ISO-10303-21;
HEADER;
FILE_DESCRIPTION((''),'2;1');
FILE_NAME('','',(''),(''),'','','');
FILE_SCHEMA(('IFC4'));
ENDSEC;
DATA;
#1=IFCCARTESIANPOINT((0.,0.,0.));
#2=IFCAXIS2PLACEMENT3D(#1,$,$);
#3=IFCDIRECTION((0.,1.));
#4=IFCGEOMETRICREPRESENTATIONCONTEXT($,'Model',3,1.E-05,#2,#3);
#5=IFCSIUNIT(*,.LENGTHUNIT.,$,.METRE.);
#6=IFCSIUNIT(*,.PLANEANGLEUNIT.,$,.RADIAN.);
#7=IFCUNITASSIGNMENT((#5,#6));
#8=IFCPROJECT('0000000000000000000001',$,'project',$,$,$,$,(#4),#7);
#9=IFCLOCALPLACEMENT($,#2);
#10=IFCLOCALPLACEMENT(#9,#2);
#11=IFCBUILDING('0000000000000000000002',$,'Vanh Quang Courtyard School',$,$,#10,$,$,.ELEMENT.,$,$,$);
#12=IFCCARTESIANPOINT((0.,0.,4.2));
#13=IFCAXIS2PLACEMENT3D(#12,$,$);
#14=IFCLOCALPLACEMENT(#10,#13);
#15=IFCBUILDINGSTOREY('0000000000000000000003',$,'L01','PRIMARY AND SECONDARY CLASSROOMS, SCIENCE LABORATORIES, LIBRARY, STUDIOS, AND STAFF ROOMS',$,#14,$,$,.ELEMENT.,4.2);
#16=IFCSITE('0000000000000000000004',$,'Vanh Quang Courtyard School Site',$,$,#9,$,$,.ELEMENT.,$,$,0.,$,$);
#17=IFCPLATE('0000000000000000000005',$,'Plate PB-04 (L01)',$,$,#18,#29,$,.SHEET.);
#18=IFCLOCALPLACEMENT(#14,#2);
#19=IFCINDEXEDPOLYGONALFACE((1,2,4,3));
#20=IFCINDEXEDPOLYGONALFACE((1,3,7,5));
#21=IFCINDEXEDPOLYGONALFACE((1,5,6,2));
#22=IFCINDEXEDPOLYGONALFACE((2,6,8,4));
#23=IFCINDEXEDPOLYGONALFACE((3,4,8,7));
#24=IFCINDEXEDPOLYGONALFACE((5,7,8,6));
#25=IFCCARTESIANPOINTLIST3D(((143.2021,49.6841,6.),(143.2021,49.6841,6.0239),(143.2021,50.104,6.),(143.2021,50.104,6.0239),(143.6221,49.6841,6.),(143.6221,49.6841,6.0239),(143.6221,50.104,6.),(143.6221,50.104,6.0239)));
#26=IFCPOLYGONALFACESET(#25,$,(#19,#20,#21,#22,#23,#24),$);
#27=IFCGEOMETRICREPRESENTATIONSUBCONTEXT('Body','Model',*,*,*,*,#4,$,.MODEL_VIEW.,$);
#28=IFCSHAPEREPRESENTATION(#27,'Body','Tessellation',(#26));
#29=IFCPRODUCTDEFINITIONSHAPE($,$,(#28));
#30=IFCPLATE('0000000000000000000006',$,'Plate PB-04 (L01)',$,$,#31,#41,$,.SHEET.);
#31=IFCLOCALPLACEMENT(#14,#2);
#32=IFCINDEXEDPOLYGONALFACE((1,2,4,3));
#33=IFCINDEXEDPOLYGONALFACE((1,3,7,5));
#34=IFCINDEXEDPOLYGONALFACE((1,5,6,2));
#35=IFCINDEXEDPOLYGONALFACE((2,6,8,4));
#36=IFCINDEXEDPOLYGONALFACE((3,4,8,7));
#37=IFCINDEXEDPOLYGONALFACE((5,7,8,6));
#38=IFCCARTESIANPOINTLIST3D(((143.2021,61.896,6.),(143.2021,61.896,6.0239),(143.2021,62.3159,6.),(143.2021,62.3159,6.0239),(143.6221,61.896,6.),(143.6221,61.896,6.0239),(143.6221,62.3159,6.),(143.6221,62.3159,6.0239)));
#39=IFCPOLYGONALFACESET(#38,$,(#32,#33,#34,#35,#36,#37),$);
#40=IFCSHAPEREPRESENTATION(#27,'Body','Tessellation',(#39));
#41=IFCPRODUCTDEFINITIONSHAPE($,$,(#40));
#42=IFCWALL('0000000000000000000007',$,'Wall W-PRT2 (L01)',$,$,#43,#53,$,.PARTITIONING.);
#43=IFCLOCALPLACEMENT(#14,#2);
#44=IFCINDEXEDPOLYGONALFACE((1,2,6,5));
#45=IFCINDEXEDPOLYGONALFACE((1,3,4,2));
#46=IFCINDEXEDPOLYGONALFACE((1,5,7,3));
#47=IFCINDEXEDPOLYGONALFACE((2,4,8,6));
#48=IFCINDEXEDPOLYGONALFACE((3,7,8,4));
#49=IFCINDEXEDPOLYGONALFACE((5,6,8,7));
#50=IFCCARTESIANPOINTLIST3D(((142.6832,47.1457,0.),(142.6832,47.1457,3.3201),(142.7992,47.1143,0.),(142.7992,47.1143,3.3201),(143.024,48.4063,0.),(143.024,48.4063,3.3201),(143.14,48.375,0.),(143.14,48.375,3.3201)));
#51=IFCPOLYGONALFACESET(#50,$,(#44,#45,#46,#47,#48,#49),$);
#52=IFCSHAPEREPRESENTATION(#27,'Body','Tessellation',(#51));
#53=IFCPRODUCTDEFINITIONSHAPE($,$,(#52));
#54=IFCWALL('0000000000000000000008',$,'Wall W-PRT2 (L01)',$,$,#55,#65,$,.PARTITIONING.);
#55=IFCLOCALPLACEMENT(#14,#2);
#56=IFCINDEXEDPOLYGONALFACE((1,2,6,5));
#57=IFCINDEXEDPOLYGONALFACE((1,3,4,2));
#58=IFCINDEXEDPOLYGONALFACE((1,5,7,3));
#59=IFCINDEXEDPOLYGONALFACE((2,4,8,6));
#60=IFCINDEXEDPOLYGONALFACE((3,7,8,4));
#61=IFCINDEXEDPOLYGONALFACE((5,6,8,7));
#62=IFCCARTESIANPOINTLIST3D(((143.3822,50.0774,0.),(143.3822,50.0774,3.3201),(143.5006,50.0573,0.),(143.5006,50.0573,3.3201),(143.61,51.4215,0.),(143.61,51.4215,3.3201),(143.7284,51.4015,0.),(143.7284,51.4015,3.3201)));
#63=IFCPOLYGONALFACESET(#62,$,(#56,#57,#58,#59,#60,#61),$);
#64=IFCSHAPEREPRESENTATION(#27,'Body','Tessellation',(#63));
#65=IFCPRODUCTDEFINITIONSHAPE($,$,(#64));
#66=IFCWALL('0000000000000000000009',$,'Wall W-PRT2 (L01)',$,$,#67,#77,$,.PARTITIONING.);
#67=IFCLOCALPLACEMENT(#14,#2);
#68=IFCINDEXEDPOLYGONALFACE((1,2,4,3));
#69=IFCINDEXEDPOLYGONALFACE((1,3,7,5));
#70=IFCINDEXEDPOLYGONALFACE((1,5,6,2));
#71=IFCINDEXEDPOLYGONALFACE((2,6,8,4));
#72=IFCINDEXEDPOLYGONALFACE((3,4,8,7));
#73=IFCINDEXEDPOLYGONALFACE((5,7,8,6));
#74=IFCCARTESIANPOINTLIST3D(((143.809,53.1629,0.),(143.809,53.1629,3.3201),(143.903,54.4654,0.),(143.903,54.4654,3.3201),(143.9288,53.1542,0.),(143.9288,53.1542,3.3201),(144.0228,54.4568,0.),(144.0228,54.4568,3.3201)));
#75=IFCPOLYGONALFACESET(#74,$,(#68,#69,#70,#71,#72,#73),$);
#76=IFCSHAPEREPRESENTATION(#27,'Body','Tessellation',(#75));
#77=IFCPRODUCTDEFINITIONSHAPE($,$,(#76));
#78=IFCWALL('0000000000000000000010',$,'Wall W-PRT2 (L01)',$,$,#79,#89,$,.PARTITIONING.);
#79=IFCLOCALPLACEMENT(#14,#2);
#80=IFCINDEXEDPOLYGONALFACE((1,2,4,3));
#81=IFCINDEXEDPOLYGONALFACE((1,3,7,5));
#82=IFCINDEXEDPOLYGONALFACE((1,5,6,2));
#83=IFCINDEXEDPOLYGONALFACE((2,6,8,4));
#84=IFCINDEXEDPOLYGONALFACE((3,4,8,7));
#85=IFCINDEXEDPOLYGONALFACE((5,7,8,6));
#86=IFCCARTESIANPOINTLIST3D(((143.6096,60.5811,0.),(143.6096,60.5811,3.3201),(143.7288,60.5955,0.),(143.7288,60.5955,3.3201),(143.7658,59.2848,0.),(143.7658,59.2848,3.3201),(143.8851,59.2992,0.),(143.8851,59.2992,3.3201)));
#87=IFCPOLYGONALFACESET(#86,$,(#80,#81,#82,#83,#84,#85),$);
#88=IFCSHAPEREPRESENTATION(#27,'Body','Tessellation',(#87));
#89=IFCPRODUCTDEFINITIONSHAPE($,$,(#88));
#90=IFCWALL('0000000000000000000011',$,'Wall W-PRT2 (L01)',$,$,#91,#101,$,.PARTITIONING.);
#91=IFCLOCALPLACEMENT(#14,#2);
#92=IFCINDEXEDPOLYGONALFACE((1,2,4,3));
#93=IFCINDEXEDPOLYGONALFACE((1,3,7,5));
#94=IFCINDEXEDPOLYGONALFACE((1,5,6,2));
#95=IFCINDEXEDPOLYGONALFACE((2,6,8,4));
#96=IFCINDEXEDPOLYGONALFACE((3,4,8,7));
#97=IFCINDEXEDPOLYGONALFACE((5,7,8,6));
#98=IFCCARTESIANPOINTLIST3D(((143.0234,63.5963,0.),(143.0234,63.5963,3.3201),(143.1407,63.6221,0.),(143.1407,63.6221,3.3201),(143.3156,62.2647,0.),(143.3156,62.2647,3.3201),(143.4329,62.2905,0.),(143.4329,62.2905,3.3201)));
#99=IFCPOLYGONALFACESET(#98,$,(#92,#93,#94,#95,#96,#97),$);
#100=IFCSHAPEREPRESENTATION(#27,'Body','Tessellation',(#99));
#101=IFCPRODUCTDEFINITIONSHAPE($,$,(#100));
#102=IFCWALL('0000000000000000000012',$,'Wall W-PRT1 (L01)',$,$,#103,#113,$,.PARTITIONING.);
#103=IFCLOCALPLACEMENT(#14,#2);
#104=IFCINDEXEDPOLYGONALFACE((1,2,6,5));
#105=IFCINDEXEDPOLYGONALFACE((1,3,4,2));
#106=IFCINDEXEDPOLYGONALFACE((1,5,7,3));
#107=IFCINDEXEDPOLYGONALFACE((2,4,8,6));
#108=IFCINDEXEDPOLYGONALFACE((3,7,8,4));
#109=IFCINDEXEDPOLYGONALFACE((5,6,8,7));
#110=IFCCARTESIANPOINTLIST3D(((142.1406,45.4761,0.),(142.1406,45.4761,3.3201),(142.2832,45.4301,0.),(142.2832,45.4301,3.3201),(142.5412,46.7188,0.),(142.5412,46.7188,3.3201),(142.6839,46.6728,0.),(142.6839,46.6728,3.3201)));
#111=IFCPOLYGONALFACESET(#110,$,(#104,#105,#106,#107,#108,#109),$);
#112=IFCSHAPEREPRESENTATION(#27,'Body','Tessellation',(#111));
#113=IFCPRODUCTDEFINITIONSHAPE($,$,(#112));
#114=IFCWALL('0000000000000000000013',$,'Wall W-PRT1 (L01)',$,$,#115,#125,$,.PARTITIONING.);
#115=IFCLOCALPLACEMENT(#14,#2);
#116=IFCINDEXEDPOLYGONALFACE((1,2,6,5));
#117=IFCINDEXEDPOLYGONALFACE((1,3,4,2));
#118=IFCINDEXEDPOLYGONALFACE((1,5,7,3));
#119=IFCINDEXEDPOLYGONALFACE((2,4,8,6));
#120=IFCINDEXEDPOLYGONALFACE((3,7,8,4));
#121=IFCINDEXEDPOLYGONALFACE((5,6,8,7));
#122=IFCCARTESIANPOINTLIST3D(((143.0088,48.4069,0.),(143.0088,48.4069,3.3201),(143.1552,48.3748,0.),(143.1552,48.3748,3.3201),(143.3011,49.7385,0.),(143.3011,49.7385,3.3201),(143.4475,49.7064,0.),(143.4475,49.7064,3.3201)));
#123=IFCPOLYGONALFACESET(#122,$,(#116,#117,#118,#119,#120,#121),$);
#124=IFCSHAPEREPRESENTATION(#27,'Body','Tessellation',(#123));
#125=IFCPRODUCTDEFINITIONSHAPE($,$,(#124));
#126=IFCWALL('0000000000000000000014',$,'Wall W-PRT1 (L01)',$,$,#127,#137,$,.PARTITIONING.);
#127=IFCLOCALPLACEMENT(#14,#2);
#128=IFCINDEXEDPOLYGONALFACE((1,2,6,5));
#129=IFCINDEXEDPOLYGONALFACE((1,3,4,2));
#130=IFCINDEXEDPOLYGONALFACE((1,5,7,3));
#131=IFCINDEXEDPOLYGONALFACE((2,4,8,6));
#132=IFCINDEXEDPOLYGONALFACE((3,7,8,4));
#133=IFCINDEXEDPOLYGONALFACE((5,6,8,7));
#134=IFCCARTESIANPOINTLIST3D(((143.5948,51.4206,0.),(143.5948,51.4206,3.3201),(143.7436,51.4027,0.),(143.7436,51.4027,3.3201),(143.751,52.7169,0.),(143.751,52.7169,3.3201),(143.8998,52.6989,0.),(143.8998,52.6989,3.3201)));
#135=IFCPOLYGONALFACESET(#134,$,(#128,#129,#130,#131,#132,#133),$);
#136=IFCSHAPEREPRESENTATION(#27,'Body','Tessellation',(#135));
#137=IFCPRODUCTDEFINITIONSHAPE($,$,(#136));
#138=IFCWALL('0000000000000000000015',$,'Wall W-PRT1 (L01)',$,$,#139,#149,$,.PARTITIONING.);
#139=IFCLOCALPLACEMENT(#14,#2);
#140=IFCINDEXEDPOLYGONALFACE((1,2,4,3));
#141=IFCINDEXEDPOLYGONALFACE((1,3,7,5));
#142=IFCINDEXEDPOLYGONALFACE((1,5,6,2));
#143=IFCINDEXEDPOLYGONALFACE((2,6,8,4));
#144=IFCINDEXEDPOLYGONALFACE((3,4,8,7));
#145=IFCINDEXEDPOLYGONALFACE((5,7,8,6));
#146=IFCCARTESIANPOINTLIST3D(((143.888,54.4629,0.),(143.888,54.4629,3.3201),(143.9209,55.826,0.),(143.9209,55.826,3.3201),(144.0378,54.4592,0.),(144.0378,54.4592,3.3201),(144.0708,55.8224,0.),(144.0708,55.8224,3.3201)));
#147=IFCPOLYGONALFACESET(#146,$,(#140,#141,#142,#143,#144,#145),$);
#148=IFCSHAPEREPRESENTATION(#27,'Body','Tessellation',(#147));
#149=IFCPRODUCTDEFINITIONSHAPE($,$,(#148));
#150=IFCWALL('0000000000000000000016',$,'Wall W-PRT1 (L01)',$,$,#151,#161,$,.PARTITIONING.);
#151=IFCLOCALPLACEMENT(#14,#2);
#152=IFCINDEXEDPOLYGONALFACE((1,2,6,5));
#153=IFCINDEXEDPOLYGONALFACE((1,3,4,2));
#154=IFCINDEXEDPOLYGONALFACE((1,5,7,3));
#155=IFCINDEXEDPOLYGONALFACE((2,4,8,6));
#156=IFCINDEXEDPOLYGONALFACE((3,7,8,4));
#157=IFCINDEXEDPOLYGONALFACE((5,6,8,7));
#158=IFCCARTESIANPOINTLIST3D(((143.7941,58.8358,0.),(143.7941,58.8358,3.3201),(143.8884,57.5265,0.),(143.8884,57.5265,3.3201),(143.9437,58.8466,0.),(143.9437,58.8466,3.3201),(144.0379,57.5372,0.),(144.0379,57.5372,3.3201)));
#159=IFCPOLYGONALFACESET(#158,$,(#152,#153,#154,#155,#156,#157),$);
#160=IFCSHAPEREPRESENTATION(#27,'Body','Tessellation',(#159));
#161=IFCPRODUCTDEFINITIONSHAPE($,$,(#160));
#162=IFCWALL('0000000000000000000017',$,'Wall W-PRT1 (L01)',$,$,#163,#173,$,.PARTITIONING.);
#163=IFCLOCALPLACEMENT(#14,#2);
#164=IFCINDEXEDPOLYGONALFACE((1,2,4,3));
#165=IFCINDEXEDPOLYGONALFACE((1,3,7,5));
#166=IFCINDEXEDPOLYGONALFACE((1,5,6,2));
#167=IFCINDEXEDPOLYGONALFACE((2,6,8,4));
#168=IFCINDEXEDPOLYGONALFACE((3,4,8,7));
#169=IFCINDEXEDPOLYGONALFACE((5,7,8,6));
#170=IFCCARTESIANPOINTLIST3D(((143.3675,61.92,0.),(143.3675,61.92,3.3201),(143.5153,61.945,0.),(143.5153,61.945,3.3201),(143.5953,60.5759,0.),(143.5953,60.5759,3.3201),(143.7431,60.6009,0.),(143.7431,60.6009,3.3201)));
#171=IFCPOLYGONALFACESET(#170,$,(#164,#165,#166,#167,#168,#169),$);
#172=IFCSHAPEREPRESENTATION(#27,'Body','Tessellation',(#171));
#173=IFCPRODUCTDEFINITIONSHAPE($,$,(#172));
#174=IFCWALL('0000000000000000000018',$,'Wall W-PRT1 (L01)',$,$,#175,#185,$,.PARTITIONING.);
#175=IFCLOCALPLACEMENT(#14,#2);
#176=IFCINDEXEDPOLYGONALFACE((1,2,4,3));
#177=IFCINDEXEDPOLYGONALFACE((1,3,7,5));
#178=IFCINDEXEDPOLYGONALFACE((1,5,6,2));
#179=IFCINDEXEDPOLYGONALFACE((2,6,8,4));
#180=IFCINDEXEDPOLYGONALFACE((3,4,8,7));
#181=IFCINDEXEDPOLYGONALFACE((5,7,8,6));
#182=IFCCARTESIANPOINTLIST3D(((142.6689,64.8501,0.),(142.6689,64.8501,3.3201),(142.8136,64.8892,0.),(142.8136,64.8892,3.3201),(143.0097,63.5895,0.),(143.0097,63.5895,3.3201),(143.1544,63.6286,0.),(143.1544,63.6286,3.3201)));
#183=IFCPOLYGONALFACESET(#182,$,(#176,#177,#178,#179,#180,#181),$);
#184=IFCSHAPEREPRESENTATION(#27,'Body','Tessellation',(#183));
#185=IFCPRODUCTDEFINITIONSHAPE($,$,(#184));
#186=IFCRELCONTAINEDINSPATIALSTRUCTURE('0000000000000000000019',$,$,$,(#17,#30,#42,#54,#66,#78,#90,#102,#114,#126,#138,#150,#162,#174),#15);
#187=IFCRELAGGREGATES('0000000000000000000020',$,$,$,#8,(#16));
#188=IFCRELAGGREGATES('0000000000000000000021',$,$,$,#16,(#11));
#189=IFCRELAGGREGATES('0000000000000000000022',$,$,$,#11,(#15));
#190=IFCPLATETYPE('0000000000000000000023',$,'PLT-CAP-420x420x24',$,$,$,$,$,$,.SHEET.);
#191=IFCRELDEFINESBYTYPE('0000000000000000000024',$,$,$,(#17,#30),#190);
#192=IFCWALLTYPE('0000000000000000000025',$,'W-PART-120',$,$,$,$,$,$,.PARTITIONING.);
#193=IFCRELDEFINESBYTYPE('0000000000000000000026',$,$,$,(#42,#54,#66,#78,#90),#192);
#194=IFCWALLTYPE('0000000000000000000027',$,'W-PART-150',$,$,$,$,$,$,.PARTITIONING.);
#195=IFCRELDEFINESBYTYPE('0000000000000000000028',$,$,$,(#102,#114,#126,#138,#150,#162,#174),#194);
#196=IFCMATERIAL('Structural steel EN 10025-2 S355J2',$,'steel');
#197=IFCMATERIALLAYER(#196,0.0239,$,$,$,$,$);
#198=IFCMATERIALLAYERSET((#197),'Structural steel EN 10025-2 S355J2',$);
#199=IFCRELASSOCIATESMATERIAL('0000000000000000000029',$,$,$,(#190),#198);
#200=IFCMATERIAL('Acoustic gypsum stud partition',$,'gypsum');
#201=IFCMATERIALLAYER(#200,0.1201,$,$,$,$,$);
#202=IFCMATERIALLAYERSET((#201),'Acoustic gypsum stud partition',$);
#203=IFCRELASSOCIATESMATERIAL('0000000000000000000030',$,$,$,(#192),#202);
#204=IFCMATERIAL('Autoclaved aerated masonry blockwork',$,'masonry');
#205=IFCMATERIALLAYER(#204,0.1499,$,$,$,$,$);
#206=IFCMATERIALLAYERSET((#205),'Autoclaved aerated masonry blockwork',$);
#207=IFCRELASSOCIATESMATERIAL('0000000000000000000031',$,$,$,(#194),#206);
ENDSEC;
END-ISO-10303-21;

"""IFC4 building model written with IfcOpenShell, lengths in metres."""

from ifc_helpers import new_model, si_unit, direction, frame, frame_2d, origin, origin_2d, place, context, subcontext, project, spatial, rectangle, extrude, material, layer, layer_set, type_object, element, save


model = new_model("IFC4")

# Units and contexts
model_context = context("Model", 3, precision=1e-05, world=origin(), true_north=direction((0.0, 1.0)))
body_context = subcontext(model_context, "Body", "Model", "MODEL_VIEW")
ifc_project = project(units=[si_unit("LENGTHUNIT", "METRE"), si_unit("PLANEANGLEUNIT", "RADIAN")], contexts=[model_context])

# Site, building, storey
site_placement = place(None, origin())
site = spatial("IfcSite", under=ifc_project, at=site_placement, Name="Vanh Quang Courtyard School Site", CompositionType="ELEMENT", RefElevation=0.0)
building_placement = place(site_placement, origin())
building = spatial("IfcBuilding", under=site, at=building_placement, Name="Vanh Quang Courtyard School", CompositionType="ELEMENT")
storey_placement = place(building_placement, frame((0.0, 0.0, 4.2)))
storey = spatial("IfcBuildingStorey", under=building, at=storey_placement, Name="L01", Description="PRIMARY AND SECONDARY CLASSROOMS, SCIENCE LABORATORIES, LIBRARY, STUDIOS, AND STAFF ROOMS", CompositionType="ELEMENT", Elevation=4.2)

# Shared definitions
ifc_material_1 = material(Name="Structural steel EN 10025-2 S355J2", Category="steel")

# Plates
ifc_layer_1 = layer(ifc_material_1, 0.0239)
ifc_layer_set_1 = layer_set([ifc_layer_1], Name="Structural steel EN 10025-2 S355J2")
plate_type = type_object("IfcPlateType", Name="PLT-CAP-420x420x24", PredefinedType="SHEET", material=ifc_layer_set_1)
for number, where, z_axis, x_axis, name in (
    (1, (143.4121, 49.894, 6.0), (0.0, 0.0, 1.0), (1.0, 0.0, 0.0), "Plate PB-04 (L01)"),
    (2, (143.4121, 62.106, 6.0), (0.0, 0.0, 1.0), (1.0, 0.0, 0.0), "Plate PB-04 (L01)"),
):
    element("IfcPlate", number, at=place(storey_placement, frame(where, z_axis=z_axis, x_axis=x_axis)), inside=storey, type_object=plate_type, Name=name, PredefinedType="SHEET", context=body_context, shape_type="SweptSolid", body=[
        extrude(rectangle(XDim=0.4199, YDim=0.4199, at=origin_2d()), origin(), (0.0, 0.0, 1.0), 0.0239),
    ])

# Walls
ifc_material_2 = material(Name="Acoustic gypsum stud partition", Category="gypsum")
ifc_layer_2 = layer(ifc_material_2, 0.1201)
ifc_layer_set_2 = layer_set([ifc_layer_2], Name="Acoustic gypsum stud partition")
wall_type_1 = type_object("IfcWallType", Name="W-PART-120", PredefinedType="PARTITIONING", material=ifc_layer_set_2)
wall_1_placement = place(storey_placement, frame((142.7412, 47.1301, 0.0), z_axis=(0.0, 0.0, 1.0), x_axis=(0.260966, 0.965348, 0.0)))
element("IfcWall", 3, at=wall_1_placement, inside=storey, type_object=wall_type_1, Name="Wall W-PRT2 (L01)", PredefinedType="PARTITIONING", context=body_context, shape_type="SweptSolid", body=[
    extrude(rectangle(XDim=1.3059, YDim=0.1201, at=frame_2d((0.6528, 0.0))), origin(), (0.0, 0.0, 1.0), 3.3201),
])
wall_2_placement = place(storey_placement, frame((143.4414, 50.0674, 0.0), z_axis=(0.0, 0.0, 1.0), x_axis=(0.16707, 0.985945, 0.0)))
element("IfcWall", 4, at=wall_2_placement, inside=storey, type_object=wall_type_1, Name="Wall W-PRT2 (L01)", PredefinedType="PARTITIONING", context=body_context, shape_type="SweptSolid", body=[
    extrude(rectangle(XDim=1.3633, YDim=0.1201, at=frame_2d((0.6816, 0.0))), origin(), (0.0, 0.0, 1.0), 3.3201),
])
wall_3_placement = place(storey_placement, frame((143.8689, 53.1587, 0.0), z_axis=(0.0, 0.0, 1.0), x_axis=(0.071978, 0.997406, 0.0)))
element("IfcWall", 5, at=wall_3_placement, inside=storey, type_object=wall_type_1, Name="Wall W-PRT2 (L01)", PredefinedType="PARTITIONING", context=body_context, shape_type="SweptSolid", body=[
    extrude(rectangle(XDim=1.3059, YDim=0.1201, at=frame_2d((0.6528, 0.0))), origin(), (0.0, 0.0, 1.0), 3.3201),
])
wall_4_placement = place(storey_placement, frame((143.8254, 59.292, 0.0), z_axis=(0.0, 0.0, 1.0), x_axis=(-0.119661, 0.992815, 0.0)))
element("IfcWall", 6, at=wall_4_placement, inside=storey, type_object=wall_type_1, Name="Wall W-PRT2 (L01)", PredefinedType="PARTITIONING", context=body_context, shape_type="SweptSolid", body=[
    extrude(rectangle(XDim=1.3057, YDim=0.1201, at=frame_2d((0.6528, 0.0))), origin(), (0.0, 0.0, 1.0), 3.3201),
])
wall_5_placement = place(storey_placement, frame((143.3743, 62.2776, 0.0), z_axis=(0.0, 0.0, 1.0), x_axis=(-0.21437, 0.976753, 0.0)))
element("IfcWall", 7, at=wall_5_placement, inside=storey, type_object=wall_type_1, Name="Wall W-PRT2 (L01)", PredefinedType="PARTITIONING", context=body_context, shape_type="SweptSolid", body=[
    extrude(rectangle(XDim=1.3633, YDim=0.1201, at=frame_2d((0.6816, 0.0))), origin(), (0.0, 0.0, 1.0), 3.3201),
])
ifc_material_3 = material(Name="Autoclaved aerated masonry blockwork", Category="masonry")
ifc_layer_3 = layer(ifc_material_3, 0.1499)
ifc_layer_set_3 = layer_set([ifc_layer_3], Name="Autoclaved aerated masonry blockwork")
wall_type_2 = type_object("IfcWallType", Name="W-PART-150", PredefinedType="PARTITIONING", material=ifc_layer_set_3)
wall_6_placement = place(storey_placement, frame((142.2119, 45.4531, 0.0), z_axis=(0.0, 0.0, 1.0), x_axis=(0.306844, 0.95176, 0.0)))
element("IfcWall", 8, at=wall_6_placement, inside=storey, type_object=wall_type_2, Name="Wall W-PRT1 (L01)", PredefinedType="PARTITIONING", context=body_context, shape_type="SweptSolid", body=[
    extrude(rectangle(XDim=1.3057, YDim=0.1499, at=frame_2d((0.6528, 0.0))), origin(), (0.0, 0.0, 1.0), 3.3201),
])
wall_7_placement = place(storey_placement, frame((143.082, 48.3909, 0.0), z_axis=(0.0, 0.0, 1.0), x_axis=(0.21437, 0.976753, 0.0)))
element("IfcWall", 9, at=wall_7_placement, inside=storey, type_object=wall_type_2, Name="Wall W-PRT1 (L01)", PredefinedType="PARTITIONING", context=body_context, shape_type="SweptSolid", body=[
    extrude(rectangle(XDim=1.3633, YDim=0.1499, at=frame_2d((0.6816, 0.0))), origin(), (0.0, 0.0, 1.0), 3.3201),
])
wall_8_placement = place(storey_placement, frame((143.6692, 51.4116, 0.0), z_axis=(0.0, 0.0, 1.0), x_axis=(0.119661, 0.992815, 0.0)))
element("IfcWall", 10, at=wall_8_placement, inside=storey, type_object=wall_type_2, Name="Wall W-PRT1 (L01)", PredefinedType="PARTITIONING", context=body_context, shape_type="SweptSolid", body=[
    extrude(rectangle(XDim=1.3057, YDim=0.1499, at=frame_2d((0.6528, 0.0))), origin(), (0.0, 0.0, 1.0), 3.3201),
])
wall_9_placement = place(storey_placement, frame((143.9629, 54.4612, 0.0), z_axis=(0.0, 0.0, 1.0), x_axis=(0.024173, 0.999708, 0.0)))
element("IfcWall", 11, at=wall_9_placement, inside=storey, type_object=wall_type_2, Name="Wall W-PRT1 (L01)", PredefinedType="PARTITIONING", context=body_context, shape_type="SweptSolid", body=[
    extrude(rectangle(XDim=1.3635, YDim=0.1499, at=frame_2d((0.6816, 0.0))), origin(), (0.0, 0.0, 1.0), 3.3201),
])
wall_10_placement = place(storey_placement, frame((143.9631, 57.532, 0.0), z_axis=(0.0, 0.0, 1.0), x_axis=(-0.071789, 0.99742, 0.0)))
element("IfcWall", 12, at=wall_10_placement, inside=storey, type_object=wall_type_2, Name="Wall W-PRT1 (L01)", PredefinedType="PARTITIONING", context=body_context, shape_type="SweptSolid", body=[
    extrude(rectangle(XDim=1.3127, YDim=0.1499, at=frame_2d((0.6562, 0.0))), origin(), (0.0, 0.0, 1.0), 3.3201),
])
wall_11_placement = place(storey_placement, frame((143.6692, 60.5884, 0.0), z_axis=(0.0, 0.0, 1.0), x_axis=(-0.16707, 0.985945, 0.0)))
element("IfcWall", 13, at=wall_11_placement, inside=storey, type_object=wall_type_2, Name="Wall W-PRT1 (L01)", PredefinedType="PARTITIONING", context=body_context, shape_type="SweptSolid", body=[
    extrude(rectangle(XDim=1.3633, YDim=0.1499, at=frame_2d((0.6816, 0.0))), origin(), (0.0, 0.0, 1.0), 3.3201),
])
wall_12_placement = place(storey_placement, frame((143.082, 63.6091, 0.0), z_axis=(0.0, 0.0, 1.0), x_axis=(-0.260966, 0.965348, 0.0)))
element("IfcWall", 14, at=wall_12_placement, inside=storey, type_object=wall_type_2, Name="Wall W-PRT1 (L01)", PredefinedType="PARTITIONING", context=body_context, shape_type="SweptSolid", body=[
    extrude(rectangle(XDim=1.3059, YDim=0.1499, at=frame_2d((0.6528, 0.0))), origin(), (0.0, 0.0, 1.0), 3.3201),
])

save(model, "model.ifc")
